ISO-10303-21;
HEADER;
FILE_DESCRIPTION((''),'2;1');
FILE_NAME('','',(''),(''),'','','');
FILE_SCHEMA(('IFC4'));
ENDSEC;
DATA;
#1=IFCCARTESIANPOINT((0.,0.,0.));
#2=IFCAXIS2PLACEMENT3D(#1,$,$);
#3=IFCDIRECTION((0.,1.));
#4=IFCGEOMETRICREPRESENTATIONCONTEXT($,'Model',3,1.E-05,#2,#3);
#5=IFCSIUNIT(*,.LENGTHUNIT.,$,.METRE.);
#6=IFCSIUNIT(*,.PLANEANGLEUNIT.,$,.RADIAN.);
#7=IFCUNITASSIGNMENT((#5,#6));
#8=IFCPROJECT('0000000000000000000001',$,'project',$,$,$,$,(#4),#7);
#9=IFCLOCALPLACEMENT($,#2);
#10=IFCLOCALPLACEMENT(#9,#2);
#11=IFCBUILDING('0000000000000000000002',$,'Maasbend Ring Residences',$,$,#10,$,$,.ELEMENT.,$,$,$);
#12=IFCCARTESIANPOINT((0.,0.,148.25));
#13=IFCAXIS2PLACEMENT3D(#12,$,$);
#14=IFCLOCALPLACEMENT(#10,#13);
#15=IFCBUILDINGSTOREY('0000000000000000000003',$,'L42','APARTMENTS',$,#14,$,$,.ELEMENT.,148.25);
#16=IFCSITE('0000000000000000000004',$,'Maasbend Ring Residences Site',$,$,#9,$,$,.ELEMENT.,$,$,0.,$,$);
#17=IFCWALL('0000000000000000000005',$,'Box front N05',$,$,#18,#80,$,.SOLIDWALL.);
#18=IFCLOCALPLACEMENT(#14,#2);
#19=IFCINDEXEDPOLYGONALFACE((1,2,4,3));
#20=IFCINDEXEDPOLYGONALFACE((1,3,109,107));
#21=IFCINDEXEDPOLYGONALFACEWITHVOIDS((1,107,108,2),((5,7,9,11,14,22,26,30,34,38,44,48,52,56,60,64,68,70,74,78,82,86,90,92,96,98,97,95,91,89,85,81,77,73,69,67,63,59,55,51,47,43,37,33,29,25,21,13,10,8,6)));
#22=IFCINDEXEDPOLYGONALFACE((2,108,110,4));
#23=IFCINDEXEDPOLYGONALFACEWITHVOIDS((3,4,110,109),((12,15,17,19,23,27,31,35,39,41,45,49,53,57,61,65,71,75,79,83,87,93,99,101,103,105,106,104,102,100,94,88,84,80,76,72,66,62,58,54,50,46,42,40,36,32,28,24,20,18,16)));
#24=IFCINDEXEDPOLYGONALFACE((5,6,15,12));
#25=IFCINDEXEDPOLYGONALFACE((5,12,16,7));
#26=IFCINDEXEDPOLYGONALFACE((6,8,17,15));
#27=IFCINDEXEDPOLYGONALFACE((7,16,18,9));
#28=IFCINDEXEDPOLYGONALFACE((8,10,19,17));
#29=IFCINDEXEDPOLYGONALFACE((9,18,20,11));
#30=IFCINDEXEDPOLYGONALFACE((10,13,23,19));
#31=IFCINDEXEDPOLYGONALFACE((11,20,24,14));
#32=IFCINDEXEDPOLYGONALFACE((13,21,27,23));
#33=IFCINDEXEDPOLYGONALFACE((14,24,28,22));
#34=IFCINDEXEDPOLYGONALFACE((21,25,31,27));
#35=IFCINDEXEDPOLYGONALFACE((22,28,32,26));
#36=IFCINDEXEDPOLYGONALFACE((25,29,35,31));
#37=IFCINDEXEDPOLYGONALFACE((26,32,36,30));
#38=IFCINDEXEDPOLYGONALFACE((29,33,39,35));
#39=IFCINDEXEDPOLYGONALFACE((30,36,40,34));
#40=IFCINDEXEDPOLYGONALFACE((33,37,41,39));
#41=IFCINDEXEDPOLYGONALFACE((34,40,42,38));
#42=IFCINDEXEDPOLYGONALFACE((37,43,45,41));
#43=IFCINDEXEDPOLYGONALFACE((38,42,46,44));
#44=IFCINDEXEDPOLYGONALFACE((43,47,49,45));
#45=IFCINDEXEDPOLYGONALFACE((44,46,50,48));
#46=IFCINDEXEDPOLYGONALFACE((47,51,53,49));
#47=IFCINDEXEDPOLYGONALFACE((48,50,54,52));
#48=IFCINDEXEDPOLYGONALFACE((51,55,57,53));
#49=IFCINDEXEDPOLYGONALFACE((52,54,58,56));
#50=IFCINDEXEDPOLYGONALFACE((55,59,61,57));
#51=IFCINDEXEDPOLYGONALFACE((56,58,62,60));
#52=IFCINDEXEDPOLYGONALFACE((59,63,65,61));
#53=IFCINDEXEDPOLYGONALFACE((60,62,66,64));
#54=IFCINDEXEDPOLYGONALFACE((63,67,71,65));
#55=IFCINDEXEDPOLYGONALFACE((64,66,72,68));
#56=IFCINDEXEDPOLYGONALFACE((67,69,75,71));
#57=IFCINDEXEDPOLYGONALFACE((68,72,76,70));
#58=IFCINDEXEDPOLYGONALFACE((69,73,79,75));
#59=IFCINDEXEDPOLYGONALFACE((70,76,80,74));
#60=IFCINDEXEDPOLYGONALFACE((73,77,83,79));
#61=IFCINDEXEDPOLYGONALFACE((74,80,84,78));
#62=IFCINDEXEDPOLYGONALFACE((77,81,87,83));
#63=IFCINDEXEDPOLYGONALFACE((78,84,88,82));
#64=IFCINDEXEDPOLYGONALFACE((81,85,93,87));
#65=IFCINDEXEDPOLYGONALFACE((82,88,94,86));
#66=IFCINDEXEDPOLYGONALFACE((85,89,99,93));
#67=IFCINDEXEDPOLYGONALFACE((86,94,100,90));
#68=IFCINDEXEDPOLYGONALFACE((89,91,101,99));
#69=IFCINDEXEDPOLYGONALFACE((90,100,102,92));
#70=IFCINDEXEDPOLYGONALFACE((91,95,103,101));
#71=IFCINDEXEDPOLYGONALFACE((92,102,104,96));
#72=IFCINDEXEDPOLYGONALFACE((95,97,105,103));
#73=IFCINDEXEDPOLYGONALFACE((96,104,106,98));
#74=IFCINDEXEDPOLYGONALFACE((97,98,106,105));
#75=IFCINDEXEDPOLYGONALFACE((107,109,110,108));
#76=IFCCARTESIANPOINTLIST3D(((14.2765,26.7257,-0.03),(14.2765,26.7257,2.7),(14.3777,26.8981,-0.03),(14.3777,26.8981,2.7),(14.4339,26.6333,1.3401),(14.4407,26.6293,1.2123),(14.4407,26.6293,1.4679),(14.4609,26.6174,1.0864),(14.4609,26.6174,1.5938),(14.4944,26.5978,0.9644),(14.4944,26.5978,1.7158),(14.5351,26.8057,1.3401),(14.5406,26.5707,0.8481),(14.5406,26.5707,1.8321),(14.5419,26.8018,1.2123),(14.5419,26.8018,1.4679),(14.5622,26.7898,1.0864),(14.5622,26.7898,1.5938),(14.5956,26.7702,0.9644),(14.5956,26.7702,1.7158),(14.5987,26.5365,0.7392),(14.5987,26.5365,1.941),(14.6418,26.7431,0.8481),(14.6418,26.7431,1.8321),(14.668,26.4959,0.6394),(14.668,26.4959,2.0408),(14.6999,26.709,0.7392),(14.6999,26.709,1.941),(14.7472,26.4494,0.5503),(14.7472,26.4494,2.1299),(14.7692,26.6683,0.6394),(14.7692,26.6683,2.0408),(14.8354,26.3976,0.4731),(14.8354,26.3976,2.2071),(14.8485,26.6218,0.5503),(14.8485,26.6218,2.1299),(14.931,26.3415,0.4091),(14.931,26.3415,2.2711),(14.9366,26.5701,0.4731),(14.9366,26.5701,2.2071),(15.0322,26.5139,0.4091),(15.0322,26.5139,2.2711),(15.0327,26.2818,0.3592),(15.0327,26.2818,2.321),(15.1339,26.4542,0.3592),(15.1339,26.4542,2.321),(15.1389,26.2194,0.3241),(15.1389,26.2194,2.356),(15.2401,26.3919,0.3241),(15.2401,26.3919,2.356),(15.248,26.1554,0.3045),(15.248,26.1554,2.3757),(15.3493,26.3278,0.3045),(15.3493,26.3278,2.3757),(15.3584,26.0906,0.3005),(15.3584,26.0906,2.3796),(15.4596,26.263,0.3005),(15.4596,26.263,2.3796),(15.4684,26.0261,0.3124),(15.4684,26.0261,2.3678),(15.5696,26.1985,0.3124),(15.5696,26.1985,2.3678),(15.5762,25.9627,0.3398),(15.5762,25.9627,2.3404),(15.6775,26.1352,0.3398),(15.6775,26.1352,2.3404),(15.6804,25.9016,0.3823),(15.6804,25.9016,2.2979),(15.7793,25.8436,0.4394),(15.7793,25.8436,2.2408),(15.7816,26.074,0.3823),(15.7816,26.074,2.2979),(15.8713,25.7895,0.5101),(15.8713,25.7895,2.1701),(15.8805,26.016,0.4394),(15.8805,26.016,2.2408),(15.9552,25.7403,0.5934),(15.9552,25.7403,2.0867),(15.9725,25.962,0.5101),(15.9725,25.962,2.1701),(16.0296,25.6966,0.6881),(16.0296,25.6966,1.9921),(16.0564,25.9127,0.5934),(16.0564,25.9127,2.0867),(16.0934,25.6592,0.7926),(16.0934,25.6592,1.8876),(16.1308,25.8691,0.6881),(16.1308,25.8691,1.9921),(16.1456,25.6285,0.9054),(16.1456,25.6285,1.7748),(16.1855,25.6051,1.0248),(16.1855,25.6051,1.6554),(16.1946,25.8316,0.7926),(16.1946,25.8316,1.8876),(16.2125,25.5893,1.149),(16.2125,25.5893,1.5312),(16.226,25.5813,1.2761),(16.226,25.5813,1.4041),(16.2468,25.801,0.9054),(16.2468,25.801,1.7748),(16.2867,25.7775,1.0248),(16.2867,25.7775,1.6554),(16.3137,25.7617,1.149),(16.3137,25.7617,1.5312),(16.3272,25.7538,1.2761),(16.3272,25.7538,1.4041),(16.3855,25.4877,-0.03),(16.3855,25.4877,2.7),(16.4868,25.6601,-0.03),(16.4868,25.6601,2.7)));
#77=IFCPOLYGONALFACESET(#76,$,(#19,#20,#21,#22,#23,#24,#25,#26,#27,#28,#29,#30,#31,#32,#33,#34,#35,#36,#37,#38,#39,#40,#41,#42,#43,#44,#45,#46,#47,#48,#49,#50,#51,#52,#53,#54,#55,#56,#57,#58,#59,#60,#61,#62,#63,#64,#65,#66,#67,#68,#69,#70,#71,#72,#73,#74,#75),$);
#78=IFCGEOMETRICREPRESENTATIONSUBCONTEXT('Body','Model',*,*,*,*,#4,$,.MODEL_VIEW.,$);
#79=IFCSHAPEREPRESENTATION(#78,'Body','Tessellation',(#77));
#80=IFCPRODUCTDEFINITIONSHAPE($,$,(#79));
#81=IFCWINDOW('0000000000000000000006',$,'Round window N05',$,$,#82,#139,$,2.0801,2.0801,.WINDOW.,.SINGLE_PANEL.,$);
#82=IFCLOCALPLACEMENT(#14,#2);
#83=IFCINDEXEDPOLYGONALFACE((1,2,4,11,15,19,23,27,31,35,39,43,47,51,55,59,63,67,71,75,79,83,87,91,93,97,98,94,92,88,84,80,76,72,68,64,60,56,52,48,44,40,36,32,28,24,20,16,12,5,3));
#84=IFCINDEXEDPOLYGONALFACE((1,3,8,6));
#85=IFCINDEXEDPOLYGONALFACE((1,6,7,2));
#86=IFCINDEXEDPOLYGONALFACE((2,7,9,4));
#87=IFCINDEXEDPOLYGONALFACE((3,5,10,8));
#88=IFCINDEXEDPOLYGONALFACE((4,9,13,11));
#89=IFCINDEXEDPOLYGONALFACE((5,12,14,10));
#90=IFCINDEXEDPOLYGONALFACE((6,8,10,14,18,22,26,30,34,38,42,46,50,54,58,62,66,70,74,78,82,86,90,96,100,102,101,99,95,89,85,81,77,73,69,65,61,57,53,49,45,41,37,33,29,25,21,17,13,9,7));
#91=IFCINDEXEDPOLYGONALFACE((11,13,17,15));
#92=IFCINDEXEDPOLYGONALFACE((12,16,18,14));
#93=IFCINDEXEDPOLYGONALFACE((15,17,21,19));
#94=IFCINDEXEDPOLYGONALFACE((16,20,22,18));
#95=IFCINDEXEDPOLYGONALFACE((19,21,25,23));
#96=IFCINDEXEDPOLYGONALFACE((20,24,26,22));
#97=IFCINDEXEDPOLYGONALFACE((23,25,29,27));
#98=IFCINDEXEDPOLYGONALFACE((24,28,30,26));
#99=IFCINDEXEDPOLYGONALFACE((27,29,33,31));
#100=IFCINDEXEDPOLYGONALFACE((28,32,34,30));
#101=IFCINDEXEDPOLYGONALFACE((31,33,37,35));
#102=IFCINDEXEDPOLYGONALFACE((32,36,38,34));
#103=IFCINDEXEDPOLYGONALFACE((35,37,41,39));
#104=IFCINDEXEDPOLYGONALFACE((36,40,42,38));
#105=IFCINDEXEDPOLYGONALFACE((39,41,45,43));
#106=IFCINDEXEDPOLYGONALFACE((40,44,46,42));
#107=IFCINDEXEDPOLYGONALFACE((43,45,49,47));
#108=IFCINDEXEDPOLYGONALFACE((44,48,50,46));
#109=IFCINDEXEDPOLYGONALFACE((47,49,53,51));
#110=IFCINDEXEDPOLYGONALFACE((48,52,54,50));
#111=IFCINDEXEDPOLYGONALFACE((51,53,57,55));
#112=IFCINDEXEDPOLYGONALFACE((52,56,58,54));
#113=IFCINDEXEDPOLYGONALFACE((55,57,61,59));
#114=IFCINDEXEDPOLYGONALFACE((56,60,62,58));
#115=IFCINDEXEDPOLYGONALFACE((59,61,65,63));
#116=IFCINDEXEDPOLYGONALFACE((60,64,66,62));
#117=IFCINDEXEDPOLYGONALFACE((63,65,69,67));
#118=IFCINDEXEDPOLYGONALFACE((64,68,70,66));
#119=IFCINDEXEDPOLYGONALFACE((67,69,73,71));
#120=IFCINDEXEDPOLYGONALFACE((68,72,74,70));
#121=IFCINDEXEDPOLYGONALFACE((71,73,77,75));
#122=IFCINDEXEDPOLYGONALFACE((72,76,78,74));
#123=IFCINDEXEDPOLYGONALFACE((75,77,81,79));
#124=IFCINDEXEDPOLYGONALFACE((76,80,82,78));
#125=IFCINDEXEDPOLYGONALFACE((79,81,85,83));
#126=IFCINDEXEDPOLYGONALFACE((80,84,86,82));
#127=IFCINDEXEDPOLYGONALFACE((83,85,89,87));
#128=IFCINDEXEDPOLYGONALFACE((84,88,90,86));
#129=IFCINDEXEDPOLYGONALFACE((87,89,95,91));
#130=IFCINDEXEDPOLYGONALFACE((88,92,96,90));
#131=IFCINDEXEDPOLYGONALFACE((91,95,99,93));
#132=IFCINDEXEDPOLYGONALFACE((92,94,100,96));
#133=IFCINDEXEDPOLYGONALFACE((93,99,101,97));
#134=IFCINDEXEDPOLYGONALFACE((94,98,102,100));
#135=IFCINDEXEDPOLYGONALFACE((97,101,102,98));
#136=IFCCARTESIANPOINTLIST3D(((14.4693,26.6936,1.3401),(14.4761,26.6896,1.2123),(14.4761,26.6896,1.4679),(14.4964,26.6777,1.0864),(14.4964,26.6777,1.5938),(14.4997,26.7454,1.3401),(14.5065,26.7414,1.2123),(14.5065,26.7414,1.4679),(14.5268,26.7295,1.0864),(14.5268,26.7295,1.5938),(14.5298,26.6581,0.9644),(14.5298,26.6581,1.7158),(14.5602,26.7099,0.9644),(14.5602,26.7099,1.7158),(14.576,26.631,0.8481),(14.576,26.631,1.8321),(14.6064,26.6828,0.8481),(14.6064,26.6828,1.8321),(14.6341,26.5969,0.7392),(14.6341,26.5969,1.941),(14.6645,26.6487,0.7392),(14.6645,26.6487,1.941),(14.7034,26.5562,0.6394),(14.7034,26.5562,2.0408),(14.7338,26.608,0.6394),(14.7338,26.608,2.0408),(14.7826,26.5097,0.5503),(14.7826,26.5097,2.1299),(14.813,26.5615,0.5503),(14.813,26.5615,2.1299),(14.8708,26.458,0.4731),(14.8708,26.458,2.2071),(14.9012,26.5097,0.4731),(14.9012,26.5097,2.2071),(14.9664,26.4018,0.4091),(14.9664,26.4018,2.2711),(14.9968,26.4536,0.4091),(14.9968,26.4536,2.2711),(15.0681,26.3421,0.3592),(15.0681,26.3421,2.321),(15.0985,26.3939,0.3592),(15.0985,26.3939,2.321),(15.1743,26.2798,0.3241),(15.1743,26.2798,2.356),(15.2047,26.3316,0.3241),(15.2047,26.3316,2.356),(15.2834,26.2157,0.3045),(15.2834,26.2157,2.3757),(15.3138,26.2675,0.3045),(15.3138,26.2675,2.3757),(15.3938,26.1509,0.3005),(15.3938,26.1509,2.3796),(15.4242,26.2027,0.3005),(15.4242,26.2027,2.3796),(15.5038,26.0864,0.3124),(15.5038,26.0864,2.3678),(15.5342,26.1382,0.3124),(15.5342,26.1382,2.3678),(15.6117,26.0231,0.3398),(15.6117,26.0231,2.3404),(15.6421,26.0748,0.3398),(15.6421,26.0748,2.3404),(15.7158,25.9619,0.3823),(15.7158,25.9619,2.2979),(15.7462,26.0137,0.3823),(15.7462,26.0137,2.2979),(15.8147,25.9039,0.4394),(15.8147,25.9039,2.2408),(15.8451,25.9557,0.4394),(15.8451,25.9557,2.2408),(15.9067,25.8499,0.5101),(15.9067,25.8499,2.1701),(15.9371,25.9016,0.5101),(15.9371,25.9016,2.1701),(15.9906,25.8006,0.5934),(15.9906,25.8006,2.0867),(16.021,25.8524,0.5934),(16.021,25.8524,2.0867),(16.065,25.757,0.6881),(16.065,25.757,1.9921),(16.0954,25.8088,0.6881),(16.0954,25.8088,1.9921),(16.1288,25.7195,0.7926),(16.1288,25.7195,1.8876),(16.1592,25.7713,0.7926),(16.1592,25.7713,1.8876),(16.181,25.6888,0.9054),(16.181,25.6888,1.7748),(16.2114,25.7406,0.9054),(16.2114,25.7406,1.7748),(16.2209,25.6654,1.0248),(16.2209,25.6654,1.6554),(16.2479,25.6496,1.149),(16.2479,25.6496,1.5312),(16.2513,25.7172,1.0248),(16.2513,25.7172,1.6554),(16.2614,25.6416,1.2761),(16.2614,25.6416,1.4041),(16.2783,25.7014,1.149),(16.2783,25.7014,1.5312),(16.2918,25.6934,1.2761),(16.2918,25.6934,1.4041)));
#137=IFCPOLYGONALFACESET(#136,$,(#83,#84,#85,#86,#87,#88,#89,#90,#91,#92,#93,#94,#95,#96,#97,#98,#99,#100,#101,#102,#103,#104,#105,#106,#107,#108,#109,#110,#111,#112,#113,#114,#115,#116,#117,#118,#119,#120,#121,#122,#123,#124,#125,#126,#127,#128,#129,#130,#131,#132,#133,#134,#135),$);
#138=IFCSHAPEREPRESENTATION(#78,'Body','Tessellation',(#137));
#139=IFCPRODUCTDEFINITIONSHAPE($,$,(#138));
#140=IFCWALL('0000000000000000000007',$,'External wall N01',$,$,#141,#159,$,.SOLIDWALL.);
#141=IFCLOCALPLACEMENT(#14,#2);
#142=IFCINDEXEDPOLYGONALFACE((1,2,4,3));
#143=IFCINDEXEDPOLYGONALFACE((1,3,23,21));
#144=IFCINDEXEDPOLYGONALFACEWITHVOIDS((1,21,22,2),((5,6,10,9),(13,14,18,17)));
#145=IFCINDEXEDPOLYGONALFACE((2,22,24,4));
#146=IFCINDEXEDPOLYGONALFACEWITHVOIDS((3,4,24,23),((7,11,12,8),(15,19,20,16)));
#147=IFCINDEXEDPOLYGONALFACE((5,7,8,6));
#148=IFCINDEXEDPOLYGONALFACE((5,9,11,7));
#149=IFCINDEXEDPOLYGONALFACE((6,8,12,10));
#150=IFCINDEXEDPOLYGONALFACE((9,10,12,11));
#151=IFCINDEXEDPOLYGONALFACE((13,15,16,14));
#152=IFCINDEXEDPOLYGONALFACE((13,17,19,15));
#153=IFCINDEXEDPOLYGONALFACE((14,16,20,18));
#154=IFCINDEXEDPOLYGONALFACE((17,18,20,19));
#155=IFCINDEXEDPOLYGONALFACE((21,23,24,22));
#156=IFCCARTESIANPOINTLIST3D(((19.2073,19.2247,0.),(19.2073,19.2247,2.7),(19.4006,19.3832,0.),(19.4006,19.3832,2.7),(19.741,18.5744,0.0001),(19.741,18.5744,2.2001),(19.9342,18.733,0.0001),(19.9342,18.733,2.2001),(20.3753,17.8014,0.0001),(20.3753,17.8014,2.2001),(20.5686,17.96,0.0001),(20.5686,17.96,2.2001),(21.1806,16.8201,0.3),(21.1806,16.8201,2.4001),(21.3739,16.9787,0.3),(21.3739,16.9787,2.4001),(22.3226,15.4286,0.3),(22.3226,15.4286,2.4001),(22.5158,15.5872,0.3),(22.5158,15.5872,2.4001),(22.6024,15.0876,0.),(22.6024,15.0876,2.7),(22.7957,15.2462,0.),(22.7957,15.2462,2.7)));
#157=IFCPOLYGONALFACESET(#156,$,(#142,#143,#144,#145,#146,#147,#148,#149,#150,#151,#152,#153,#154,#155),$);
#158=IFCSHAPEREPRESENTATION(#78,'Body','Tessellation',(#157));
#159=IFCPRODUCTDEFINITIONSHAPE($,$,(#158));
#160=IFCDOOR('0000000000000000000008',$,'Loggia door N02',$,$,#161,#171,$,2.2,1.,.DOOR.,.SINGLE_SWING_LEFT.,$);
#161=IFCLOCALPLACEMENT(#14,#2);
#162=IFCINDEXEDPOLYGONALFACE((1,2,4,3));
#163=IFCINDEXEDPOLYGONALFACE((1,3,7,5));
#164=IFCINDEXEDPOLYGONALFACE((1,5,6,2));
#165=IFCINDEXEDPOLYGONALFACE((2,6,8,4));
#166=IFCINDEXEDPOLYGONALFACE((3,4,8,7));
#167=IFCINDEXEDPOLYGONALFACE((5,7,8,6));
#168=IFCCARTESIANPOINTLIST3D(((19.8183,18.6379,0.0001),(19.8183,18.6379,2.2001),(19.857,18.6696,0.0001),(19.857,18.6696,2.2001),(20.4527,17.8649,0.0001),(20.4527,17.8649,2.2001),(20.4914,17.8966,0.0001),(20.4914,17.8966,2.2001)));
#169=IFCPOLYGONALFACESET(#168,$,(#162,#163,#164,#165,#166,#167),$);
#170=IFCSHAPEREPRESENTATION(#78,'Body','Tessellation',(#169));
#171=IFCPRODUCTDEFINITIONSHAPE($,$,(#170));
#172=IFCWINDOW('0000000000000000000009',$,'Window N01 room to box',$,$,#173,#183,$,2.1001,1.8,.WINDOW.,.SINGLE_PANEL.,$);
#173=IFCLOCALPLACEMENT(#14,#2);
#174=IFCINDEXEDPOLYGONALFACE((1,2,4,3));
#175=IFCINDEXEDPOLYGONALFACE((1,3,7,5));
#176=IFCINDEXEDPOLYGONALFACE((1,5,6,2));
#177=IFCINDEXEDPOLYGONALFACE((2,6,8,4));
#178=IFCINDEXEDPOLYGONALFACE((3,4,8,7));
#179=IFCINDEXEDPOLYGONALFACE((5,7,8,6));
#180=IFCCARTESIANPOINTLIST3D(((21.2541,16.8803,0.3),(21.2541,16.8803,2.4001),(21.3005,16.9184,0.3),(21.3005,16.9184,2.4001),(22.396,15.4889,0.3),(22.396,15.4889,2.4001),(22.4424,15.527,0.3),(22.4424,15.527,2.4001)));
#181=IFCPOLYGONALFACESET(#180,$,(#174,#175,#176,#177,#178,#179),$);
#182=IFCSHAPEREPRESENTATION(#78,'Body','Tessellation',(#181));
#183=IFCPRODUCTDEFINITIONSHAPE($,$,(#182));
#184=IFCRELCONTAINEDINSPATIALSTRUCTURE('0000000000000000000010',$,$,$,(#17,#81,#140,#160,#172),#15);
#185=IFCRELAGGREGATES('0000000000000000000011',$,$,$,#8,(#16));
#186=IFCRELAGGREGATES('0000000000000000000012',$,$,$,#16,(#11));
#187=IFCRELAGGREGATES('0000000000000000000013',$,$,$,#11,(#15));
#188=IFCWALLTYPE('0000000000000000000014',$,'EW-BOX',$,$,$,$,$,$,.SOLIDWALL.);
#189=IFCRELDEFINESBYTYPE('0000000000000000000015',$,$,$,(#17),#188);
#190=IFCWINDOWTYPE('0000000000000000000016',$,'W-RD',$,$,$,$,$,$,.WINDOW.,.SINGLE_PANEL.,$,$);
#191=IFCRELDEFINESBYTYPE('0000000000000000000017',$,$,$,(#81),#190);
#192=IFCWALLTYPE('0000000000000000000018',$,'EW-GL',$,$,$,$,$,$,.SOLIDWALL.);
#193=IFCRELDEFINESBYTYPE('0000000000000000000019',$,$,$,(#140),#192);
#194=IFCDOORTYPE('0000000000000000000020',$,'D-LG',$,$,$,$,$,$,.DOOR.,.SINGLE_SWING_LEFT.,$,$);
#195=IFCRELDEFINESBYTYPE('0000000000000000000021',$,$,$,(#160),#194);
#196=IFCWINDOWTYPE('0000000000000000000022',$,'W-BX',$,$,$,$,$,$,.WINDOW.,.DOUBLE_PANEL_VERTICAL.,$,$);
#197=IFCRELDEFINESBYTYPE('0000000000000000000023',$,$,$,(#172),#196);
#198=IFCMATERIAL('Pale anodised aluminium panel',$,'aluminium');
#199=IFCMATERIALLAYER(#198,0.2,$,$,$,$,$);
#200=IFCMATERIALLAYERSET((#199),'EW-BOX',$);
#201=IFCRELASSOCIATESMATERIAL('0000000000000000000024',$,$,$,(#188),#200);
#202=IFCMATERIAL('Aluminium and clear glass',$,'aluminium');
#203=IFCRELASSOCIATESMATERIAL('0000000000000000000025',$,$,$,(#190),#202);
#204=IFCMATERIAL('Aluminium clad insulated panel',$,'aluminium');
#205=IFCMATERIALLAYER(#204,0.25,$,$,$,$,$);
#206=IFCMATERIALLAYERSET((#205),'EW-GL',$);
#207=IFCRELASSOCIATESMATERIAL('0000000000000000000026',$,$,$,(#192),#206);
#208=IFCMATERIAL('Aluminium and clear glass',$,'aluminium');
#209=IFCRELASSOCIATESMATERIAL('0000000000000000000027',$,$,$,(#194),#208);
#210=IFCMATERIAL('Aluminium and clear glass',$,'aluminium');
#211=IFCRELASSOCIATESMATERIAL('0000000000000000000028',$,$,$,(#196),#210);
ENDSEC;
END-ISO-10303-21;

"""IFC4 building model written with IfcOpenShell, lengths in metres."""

from ifc_helpers import new_model, si_unit, direction, frame, frame_2d, origin, place, context, subcontext, project, spatial, rectangle, circle, extrude, material, layer, layer_set, type_object, element, fill, save


model = new_model("IFC4")

# Units and contexts
model_context = context("Model", 3, precision=1e-05, world=origin(), true_north=direction((0.0, 1.0)))
body_context = subcontext(model_context, "Body", "Model", "MODEL_VIEW")
ifc_project = project(units=[si_unit("LENGTHUNIT", "METRE"), si_unit("PLANEANGLEUNIT", "RADIAN")], contexts=[model_context])

# Site, building, storey
site_placement = place(None, origin())
site = spatial("IfcSite", under=ifc_project, at=site_placement, Name="Maasbend Ring Residences Site", CompositionType="ELEMENT", RefElevation=0.0)
building_placement = place(site_placement, origin())
building = spatial("IfcBuilding", under=site, at=building_placement, Name="Maasbend Ring Residences", CompositionType="ELEMENT")
storey_placement = place(building_placement, frame((0.0, 0.0, 148.25)))
storey = spatial("IfcBuildingStorey", under=building, at=storey_placement, Name="L42", Description="APARTMENTS", CompositionType="ELEMENT", Elevation=148.25)

# Shared definitions
ifc_material_1 = material(Name="Pale anodised aluminium panel", Category="aluminium")
ifc_layer_1 = layer(ifc_material_1, 0.2)
ifc_layer_set_1 = layer_set([ifc_layer_1], Name="EW-BOX")
wall_type_1 = type_object("IfcWallType", Name="EW-BOX", PredefinedType="SOLIDWALL", material=ifc_layer_set_1)
ifc_material_2 = material(Name="Aluminium and clear glass", Category="aluminium")
window_type_1 = type_object("IfcWindowType", Name="W-RD", PartitioningType="SINGLE_PANEL", PredefinedType="WINDOW", material=ifc_material_2)

# Wall, opening, window
wall_1_placement = place(storey_placement, frame((16.436, 25.574, -0.03), z_axis=(0.0, 0.0, 1.0), x_axis=(-0.862403, 0.506222, 0.0)))
wall_1 = element("IfcWall", 1, at=wall_1_placement, inside=storey, type_object=wall_type_1, Name="Box front N05", PredefinedType="SOLIDWALL", context=body_context, shape_type="SweptSolid", body=[
    extrude(rectangle(XDim=2.4456, YDim=0.2, at=frame_2d((1.2227, 0.0))), origin(), (0.0, 0.0, 1.0), 2.73),
])
opening_1_placement = place(wall_1_placement, frame((0.1829, 0.0, 0.3301)))
opening_1 = element("IfcOpeningElement", 2, at=opening_1_placement, cuts=wall_1, PredefinedType="OPENING", context=body_context, shape_type="SweptSolid", body=[
    extrude(circle(Radius=1.04, at=frame_2d((1.04, 1.04))), frame((0.0, 0.1099, 0.0), z_axis=(0.0, -1.0, 0.0), x_axis=(1.0, 0.0, 0.0)), (0.0, 0.0, 1.0), 0.22),
])
window_1_placement = place(opening_1_placement, origin())
window_1 = element("IfcWindow", 3, at=window_1_placement, inside=storey, type_object=window_type_1, Name="Round window N05", OverallHeight=2.0801, OverallWidth=2.0801, PartitioningType="SINGLE_PANEL", PredefinedType="WINDOW", context=body_context, shape_type="SweptSolid", body=[
    extrude(circle(Radius=1.04, at=frame_2d((1.04, 1.04))), frame((0.0, 0.03, 0.0), z_axis=(0.0, -1.0, 0.0), x_axis=(1.0, 0.0, 0.0)), (0.0, 0.0, 1.0), 0.0601),
])
fill(opening_1, window_1)

# Wall, openings, door, window
ifc_material_3 = material(Name="Aluminium clad insulated panel", Category="aluminium")
ifc_layer_2 = layer(ifc_material_3, 0.25)
ifc_layer_set_2 = layer_set([ifc_layer_2], Name="EW-GL")
wall_type_2 = type_object("IfcWallType", Name="EW-GL", PredefinedType="SOLIDWALL", material=ifc_layer_set_2)
wall_2_placement = place(storey_placement, frame((22.699, 15.167, 0.0), z_axis=(0.0, 0.0, 1.0), x_axis=(-0.634382, 0.773019, 0.0)))
wall_2 = element("IfcWall", 4, at=wall_2_placement, inside=storey, type_object=wall_type_2, Name="External wall N01", PredefinedType="SOLIDWALL", context=body_context, shape_type="SweptSolid", body=[
    extrude(rectangle(XDim=5.3518, YDim=0.25, at=frame_2d((2.6758, 0.0))), origin(), (0.0, 0.0, 1.0), 2.7),
])
opening_2_placement = place(wall_2_placement, frame((0.4412, 0.0, 0.3)))
opening_2 = element("IfcOpeningElement", 5, at=opening_2_placement, cuts=wall_2, PredefinedType="OPENING", context=body_context, shape_type="SweptSolid", body=[
    extrude(rectangle(XDim=1.8, YDim=2.1001, at=frame_2d((0.8999, 1.05))), frame((0.0, 0.135, 0.0), z_axis=(0.0, -1.0, 0.0), x_axis=(1.0, 0.0, 0.0)), (0.0, 0.0, 1.0), 0.27),
])
opening_3_placement = place(wall_2_placement, frame((3.5105, 0.0, 0.0)))
opening_3 = element("IfcOpeningElement", 6, at=opening_3_placement, cuts=wall_2, PredefinedType="OPENING", context=body_context, shape_type="SweptSolid", body=[
    extrude(rectangle(XDim=1.0, YDim=2.2, at=frame_2d((0.5, 1.1001))), frame((0.0, 0.135, 0.0), z_axis=(0.0, -1.0, 0.0), x_axis=(1.0, 0.0, 0.0)), (0.0, 0.0, 1.0), 0.27),
])
ifc_material_4 = material(Name="Aluminium and clear glass", Category="aluminium")
door_type_1 = type_object("IfcDoorType", Name="D-LG", OperationType="SINGLE_SWING_LEFT", PredefinedType="DOOR", material=ifc_material_4)
door_1_placement = place(opening_3_placement, origin())
door_1 = element("IfcDoor", 7, at=door_1_placement, inside=storey, type_object=door_type_1, Name="Loggia door N02", OperationType="SINGLE_SWING_LEFT", OverallHeight=2.2, OverallWidth=1.0, PredefinedType="DOOR", context=body_context, shape_type="SweptSolid", body=[
    extrude(rectangle(XDim=1.0, YDim=2.2, at=frame_2d((0.5, 1.1001))), frame((0.0, 0.0249, 0.0), z_axis=(0.0, -1.0, 0.0), x_axis=(1.0, 0.0, 0.0)), (0.0, 0.0, 1.0), 0.05),
])
fill(opening_3, door_1)
ifc_material_5 = material(Name="Aluminium and clear glass", Category="aluminium")
window_type_2 = type_object("IfcWindowType", Name="W-BX", PartitioningType="DOUBLE_PANEL_VERTICAL", PredefinedType="WINDOW", material=ifc_material_5)
window_2_placement = place(opening_2_placement, origin())
window_2 = element("IfcWindow", 8, at=window_2_placement, inside=storey, type_object=window_type_2, Name="Window N01 room to box", OverallHeight=2.1001, OverallWidth=1.8, PartitioningType="SINGLE_PANEL", PredefinedType="WINDOW", context=body_context, shape_type="SweptSolid", body=[
    extrude(rectangle(XDim=1.8, YDim=2.1001, at=frame_2d((0.8999, 1.05))), frame((0.0, 0.03, 0.0), z_axis=(0.0, -1.0, 0.0), x_axis=(1.0, 0.0, 0.0)), (0.0, 0.0, 1.0), 0.0601),
])
fill(opening_2, window_2)

save(model, "model.ifc")
